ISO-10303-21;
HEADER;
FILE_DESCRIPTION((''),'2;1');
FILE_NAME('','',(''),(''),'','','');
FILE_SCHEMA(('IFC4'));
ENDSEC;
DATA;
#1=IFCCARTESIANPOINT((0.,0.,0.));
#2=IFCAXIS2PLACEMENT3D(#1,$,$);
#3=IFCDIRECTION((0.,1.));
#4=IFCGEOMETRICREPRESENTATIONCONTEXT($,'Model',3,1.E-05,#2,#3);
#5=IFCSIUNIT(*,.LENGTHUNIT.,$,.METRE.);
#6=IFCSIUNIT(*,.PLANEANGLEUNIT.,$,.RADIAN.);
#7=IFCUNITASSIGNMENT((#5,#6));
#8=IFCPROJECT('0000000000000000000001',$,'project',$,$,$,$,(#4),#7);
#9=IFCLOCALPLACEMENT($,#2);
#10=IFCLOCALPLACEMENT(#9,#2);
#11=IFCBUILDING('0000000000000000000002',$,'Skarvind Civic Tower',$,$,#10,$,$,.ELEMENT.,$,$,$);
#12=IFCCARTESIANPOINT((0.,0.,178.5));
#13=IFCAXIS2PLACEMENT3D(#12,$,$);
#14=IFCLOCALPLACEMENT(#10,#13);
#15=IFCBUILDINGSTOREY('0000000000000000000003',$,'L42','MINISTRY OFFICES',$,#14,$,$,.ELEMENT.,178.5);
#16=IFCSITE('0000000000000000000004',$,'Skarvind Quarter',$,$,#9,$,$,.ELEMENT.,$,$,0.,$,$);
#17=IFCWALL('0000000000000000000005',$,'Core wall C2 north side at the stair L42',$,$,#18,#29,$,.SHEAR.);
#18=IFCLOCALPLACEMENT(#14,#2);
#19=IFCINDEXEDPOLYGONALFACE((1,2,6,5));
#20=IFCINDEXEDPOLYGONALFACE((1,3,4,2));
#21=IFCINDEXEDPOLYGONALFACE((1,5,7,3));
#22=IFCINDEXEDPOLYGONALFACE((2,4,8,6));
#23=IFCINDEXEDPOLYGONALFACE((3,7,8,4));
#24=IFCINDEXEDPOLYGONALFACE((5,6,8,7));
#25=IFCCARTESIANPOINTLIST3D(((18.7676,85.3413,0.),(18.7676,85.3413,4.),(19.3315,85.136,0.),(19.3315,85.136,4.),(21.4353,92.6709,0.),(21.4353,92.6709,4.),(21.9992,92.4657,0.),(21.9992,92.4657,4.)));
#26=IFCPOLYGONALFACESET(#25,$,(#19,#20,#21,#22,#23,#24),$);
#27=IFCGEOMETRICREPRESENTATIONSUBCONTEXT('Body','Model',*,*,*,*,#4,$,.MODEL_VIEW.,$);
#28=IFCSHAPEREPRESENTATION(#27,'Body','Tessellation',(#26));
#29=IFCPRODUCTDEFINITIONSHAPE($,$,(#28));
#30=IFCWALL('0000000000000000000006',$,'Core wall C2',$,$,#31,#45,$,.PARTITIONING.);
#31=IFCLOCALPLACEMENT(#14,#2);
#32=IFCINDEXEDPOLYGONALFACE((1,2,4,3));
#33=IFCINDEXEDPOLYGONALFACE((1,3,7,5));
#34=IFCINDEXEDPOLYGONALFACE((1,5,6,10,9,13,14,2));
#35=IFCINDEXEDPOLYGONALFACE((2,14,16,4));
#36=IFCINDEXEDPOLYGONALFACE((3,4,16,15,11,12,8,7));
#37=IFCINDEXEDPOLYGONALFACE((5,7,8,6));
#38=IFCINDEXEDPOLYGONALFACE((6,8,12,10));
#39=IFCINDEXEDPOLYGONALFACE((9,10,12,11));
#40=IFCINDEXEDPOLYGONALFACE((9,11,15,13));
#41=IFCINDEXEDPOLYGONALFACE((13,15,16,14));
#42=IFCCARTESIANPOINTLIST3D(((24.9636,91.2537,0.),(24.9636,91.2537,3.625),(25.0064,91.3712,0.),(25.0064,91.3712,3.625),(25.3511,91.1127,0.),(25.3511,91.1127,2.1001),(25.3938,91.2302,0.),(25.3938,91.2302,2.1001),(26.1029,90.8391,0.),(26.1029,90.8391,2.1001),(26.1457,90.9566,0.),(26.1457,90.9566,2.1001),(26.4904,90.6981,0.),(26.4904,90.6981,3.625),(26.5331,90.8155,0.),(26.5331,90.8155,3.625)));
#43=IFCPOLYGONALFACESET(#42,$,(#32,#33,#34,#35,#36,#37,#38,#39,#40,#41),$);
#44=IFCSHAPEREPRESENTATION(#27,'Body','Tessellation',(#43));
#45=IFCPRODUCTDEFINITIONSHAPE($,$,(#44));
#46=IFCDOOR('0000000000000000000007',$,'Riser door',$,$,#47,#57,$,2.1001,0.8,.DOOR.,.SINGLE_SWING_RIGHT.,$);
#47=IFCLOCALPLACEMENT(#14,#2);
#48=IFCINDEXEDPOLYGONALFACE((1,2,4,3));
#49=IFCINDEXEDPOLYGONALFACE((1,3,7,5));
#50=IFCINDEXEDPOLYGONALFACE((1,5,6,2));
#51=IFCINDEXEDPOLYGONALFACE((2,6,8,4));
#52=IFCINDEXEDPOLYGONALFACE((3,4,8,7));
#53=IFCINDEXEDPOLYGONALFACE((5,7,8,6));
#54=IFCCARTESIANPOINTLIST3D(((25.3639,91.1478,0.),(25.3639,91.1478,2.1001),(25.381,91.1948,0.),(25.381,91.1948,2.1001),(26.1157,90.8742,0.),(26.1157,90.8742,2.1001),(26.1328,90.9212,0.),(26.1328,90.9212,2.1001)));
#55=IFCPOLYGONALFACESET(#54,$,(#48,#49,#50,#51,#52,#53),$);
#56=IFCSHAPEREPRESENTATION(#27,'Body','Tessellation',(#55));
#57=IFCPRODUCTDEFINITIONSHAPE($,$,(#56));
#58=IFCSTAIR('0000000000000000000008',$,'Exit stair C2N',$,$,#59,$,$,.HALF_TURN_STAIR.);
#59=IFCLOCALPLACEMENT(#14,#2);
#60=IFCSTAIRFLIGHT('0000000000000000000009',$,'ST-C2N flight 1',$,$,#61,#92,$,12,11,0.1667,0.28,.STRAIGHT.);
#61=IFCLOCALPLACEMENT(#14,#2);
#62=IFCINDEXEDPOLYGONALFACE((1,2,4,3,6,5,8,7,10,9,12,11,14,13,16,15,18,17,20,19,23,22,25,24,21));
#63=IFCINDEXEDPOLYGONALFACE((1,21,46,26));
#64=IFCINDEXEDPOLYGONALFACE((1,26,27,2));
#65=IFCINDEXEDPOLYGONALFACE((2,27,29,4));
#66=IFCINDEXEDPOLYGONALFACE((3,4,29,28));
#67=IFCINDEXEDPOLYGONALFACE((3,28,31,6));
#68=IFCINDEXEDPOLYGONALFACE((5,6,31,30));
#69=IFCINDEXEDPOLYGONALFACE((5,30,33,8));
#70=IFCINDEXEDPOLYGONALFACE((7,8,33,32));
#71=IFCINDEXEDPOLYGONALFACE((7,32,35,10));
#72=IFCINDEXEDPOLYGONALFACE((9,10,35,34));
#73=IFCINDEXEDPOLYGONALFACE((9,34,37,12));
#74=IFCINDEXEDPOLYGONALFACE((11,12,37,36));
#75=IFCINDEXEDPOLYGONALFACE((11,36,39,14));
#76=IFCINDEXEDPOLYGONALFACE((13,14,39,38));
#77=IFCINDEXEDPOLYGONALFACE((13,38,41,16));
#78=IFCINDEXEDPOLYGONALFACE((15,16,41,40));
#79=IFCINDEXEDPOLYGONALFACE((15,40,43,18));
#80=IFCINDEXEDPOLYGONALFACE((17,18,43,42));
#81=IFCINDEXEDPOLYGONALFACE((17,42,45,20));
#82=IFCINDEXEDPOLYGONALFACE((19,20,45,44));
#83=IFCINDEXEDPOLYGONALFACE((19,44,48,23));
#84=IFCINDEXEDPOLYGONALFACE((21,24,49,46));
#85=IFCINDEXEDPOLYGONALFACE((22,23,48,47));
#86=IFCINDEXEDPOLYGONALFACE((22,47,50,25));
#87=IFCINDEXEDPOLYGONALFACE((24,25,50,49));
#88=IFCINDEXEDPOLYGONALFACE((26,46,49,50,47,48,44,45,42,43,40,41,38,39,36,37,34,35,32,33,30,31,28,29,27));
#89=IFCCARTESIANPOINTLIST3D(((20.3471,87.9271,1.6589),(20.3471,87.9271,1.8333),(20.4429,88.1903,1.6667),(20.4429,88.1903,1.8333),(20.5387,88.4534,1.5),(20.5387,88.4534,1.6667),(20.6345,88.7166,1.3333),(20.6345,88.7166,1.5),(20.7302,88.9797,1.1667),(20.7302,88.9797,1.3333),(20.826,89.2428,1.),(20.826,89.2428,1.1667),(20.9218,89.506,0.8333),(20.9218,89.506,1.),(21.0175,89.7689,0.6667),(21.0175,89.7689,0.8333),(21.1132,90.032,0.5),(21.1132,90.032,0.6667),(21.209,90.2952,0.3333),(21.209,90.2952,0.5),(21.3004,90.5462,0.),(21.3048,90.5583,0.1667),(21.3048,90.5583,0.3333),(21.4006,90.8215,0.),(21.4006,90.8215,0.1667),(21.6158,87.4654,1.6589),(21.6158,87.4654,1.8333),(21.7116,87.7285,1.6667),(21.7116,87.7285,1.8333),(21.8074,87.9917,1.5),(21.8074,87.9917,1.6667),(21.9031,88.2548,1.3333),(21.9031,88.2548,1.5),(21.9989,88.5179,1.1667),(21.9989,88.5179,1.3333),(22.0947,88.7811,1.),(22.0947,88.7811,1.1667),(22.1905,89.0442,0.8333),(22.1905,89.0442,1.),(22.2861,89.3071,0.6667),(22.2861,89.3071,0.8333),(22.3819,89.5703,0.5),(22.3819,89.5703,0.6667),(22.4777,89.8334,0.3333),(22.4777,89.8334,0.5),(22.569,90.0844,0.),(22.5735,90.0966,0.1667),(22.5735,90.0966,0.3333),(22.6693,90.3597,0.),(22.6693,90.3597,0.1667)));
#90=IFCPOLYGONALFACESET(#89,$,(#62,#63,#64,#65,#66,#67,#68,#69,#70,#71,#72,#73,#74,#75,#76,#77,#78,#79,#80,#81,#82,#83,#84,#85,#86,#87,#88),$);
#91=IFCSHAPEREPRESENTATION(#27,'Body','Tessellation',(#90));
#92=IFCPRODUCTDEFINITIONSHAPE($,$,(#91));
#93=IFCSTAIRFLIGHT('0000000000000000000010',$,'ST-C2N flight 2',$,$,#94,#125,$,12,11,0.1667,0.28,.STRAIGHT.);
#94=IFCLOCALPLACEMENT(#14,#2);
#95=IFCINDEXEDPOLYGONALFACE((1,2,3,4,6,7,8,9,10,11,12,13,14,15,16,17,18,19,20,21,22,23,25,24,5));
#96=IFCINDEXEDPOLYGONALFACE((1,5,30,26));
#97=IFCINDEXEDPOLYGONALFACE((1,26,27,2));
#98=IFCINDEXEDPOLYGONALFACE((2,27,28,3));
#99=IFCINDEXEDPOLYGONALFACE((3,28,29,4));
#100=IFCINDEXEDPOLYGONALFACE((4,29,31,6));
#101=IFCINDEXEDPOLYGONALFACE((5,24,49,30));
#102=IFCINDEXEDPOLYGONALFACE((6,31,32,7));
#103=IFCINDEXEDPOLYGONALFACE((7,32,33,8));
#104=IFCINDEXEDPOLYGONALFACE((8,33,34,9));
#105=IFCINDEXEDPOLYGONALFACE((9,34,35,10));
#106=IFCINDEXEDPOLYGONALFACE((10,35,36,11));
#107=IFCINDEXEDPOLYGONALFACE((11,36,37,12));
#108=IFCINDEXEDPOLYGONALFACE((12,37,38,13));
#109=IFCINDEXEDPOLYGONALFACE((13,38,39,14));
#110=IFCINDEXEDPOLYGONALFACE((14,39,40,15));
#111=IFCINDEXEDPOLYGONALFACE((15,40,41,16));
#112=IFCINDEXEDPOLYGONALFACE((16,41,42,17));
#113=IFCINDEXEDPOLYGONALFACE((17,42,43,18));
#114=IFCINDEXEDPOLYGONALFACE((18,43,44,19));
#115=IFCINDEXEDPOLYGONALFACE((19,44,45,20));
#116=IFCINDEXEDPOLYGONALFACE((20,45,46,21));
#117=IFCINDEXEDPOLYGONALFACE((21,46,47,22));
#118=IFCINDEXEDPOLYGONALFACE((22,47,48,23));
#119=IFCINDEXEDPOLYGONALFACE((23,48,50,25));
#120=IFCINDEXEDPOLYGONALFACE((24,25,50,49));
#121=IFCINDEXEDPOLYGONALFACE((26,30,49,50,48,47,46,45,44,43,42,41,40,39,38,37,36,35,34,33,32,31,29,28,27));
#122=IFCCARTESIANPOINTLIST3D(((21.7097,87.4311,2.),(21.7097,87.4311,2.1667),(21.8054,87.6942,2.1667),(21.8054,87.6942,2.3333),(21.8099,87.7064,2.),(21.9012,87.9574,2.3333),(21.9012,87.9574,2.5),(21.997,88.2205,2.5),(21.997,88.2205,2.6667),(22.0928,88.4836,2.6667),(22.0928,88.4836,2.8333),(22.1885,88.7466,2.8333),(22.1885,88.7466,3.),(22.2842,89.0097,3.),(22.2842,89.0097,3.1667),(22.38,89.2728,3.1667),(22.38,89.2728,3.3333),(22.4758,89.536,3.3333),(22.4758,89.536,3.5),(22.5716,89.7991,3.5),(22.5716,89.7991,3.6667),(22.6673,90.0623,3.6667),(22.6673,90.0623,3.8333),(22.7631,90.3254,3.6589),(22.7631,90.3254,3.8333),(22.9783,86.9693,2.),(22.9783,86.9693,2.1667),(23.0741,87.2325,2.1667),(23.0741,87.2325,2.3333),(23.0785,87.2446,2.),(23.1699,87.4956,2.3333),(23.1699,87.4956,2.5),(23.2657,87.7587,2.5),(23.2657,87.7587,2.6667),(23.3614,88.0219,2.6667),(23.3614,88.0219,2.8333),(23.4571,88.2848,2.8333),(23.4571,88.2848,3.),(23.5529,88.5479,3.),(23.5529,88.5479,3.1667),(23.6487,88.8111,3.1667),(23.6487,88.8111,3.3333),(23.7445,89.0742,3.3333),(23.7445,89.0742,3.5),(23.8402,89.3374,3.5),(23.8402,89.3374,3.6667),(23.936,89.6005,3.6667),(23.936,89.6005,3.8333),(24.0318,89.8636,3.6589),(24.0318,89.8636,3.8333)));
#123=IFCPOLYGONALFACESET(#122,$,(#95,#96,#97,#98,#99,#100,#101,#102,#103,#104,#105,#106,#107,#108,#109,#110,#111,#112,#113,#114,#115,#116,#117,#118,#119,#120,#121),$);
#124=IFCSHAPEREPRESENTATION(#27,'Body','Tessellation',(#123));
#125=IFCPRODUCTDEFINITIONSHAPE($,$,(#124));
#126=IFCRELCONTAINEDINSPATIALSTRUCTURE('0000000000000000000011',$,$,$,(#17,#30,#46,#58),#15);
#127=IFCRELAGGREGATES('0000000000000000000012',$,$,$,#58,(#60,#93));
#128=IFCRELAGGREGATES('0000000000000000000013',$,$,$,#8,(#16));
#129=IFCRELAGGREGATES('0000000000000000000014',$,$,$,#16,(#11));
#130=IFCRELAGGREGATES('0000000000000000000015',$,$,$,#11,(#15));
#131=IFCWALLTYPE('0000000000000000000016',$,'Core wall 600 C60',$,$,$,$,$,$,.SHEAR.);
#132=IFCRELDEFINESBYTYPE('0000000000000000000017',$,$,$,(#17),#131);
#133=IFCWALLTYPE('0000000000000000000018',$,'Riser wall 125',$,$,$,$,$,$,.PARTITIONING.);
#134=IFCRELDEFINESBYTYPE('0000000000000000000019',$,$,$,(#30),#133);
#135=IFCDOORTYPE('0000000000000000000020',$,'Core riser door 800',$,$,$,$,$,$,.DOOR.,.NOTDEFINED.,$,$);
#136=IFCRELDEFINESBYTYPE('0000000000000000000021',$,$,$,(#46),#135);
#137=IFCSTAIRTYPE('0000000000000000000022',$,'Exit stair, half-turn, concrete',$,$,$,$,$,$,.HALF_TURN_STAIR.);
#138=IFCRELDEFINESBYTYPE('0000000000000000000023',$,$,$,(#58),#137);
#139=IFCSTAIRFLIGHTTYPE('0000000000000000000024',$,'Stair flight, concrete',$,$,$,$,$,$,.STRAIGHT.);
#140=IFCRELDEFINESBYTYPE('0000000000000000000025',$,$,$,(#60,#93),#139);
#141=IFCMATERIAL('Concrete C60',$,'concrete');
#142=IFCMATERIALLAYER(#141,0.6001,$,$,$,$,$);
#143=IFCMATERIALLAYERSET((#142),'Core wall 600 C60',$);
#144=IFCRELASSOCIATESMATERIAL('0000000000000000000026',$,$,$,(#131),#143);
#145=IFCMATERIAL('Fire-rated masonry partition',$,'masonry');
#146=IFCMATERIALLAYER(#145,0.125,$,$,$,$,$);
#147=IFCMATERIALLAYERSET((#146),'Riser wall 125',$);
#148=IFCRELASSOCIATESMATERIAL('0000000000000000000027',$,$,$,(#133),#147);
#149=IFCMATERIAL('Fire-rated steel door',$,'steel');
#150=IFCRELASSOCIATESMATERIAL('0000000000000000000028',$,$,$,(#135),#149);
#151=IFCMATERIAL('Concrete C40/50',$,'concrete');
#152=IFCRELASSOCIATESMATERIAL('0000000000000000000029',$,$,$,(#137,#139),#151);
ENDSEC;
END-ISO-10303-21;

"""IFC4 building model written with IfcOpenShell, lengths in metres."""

from ifc_helpers import new_model, si_unit, direction, frame, frame_2d, origin, place, context, subcontext, project, spatial, polyline, rectangle, outline, extrude, material, layer, layer_set, type_object, element, fill, aggregate, save


model = new_model("IFC4")

# Units and contexts
model_context = context("Model", 3, precision=1e-05, world=origin(), true_north=direction((0.0, 1.0)))
body_context = subcontext(model_context, "Body", "Model", "MODEL_VIEW")
ifc_project = project(units=[si_unit("LENGTHUNIT", "METRE"), si_unit("PLANEANGLEUNIT", "RADIAN")], contexts=[model_context])

# Site, building, storey
site_placement = place(None, origin())
site = spatial("IfcSite", under=ifc_project, at=site_placement, Name="Skarvind Quarter", CompositionType="ELEMENT", RefElevation=0.0)
building_placement = place(site_placement, origin())
building = spatial("IfcBuilding", under=site, at=building_placement, Name="Skarvind Civic Tower", CompositionType="ELEMENT")
storey_placement = place(building_placement, frame((0.0, 0.0, 178.5)))
storey = spatial("IfcBuildingStorey", under=building, at=storey_placement, Name="L42", Description="MINISTRY OFFICES", CompositionType="ELEMENT", Elevation=178.5)

# Shared definitions
ifc_material_1 = material(Name="Fire-rated masonry partition", Category="masonry")
ifc_material_2 = material(Name="Fire-rated steel door", Category="steel")

# Shared definitions
ifc_material_3 = material(Name="Concrete C60", Category="concrete")

# Wall
ifc_layer_1 = layer(ifc_material_3, 0.6001)
ifc_layer_set_1 = layer_set([ifc_layer_1], Name="Core wall 600 C60")
wall_type_1 = type_object("IfcWallType", Name="Core wall 600 C60", PredefinedType="SHEAR", material=ifc_layer_set_1)
wall_1_placement = place(storey_placement, frame((19.0496, 85.2388, 0.0), z_axis=(0.0, 0.0, 1.0), x_axis=(0.342017, 0.939694, 0.0)))
element("IfcWall", 1, at=wall_1_placement, inside=storey, type_object=wall_type_1, Name="Core wall C2 north side at the stair L42", PredefinedType="SHEAR", context=body_context, shape_type="SweptSolid", body=[
    extrude(rectangle(XDim=7.8, YDim=0.6001, at=frame_2d((3.8999, 0.0))), origin(), (0.0, 0.0, 1.0), 4.0),
])

# Wall, opening, door
ifc_layer_2 = layer(ifc_material_1, 0.125)
ifc_layer_set_2 = layer_set([ifc_layer_2], Name="Riser wall 125")
wall_type_2 = type_object("IfcWallType", Name="Riser wall 125", PredefinedType="PARTITIONING", material=ifc_layer_set_2)
wall_2_placement = place(storey_placement, frame((24.9849, 91.3125, 0.0), z_axis=(0.0, 0.0, 1.0), x_axis=(0.939706, -0.341984, 0.0)))
wall_2 = element("IfcWall", 2, at=wall_2_placement, inside=storey, type_object=wall_type_2, Name="Core wall C2", PredefinedType="PARTITIONING", context=body_context, shape_type="SweptSolid", body=[
    extrude(rectangle(XDim=1.6248, YDim=0.125, at=frame_2d((0.8125, 0.0))), origin(), (0.0, 0.0, 1.0), 3.625),
])
opening_1_placement = place(wall_2_placement, frame((0.4126, 0.0, 0.0)))
opening_1 = element("IfcOpeningElement", 3, at=opening_1_placement, cuts=wall_2, PredefinedType="OPENING", context=body_context, shape_type="SweptSolid", body=[
    extrude(rectangle(XDim=0.8, YDim=2.1001, at=frame_2d((0.3999, 1.05))), frame((0.0, 0.0725, 0.0), z_axis=(0.0, -1.0, 0.0), x_axis=(1.0, 0.0, 0.0)), (0.0, 0.0, 1.0), 0.145),
])
door_type_1 = type_object("IfcDoorType", Name="Core riser door 800", OperationType="NOTDEFINED", PredefinedType="DOOR", material=ifc_material_2)
door_1_placement = place(opening_1_placement, origin())
door_1 = element("IfcDoor", 4, at=door_1_placement, inside=storey, type_object=door_type_1, Name="Riser door", OperationType="SINGLE_SWING_RIGHT", OverallHeight=2.1001, OverallWidth=0.8, PredefinedType="DOOR", context=body_context, shape_type="SweptSolid", body=[
    extrude(rectangle(XDim=0.8, YDim=2.1001, at=frame_2d((0.3999, 1.05))), frame((0.0, 0.0249, 0.0), z_axis=(0.0, -1.0, 0.0), x_axis=(1.0, 0.0, 0.0)), (0.0, 0.0, 1.0), 0.05),
])
fill(opening_1, door_1)

# Stair, stair flights
ifc_material_4 = material(Name="Concrete C40/50", Category="concrete")
stair_type = type_object("IfcStairType", Name="Exit stair, half-turn, concrete", PredefinedType="HALF_TURN_STAIR", material=ifc_material_4)
stair_placement = place(storey_placement, origin())
stair = element("IfcStair", 5, at=stair_placement, inside=storey, type_object=stair_type, Name="Exit stair C2N", PredefinedType="HALF_TURN_STAIR")
stair_flight_type = type_object("IfcStairFlightType", Name="Stair flight, concrete", PredefinedType="STRAIGHT", material=ifc_material_4)
stair_flight_1_placement = place(storey_placement, frame((22.0349, 90.5906, 0.0), z_axis=(0.0, 0.0, 1.0), x_axis=(-0.34202, -0.939693, 0.0)))
stair_flight_1 = element("IfcStairFlight", 6, at=stair_flight_1_placement, type_object=stair_flight_type, Name="ST-C2N flight 1", NumberOfRisers=12, NumberOfTreads=11, PredefinedType="STRAIGHT", RiserHeight=0.1667, TreadLength=0.28, context=body_context, shape_type="SweptSolid", body=[
    extrude(outline(polyline([(0.0, 0.0), (0.0, 0.1667), (0.28, 0.1667), (0.28, 0.3333), (0.5601, 0.3333), (0.5601, 0.5), (0.8401, 0.5), (0.8401, 0.6667), (1.1201, 0.6667), (1.1201, 0.8333), (1.3999, 0.8333), (1.3999, 1.0), (1.6799, 1.0), (1.6799, 1.1667), (1.96, 1.1667), (1.96, 1.3333), (2.24, 1.3333), (2.24, 1.5), (2.52, 1.5), (2.52, 1.6667), (2.8, 1.6667), (2.8, 1.8333), (3.0801, 1.8333), (3.0801, 2.0), (3.0801, 1.6589), (0.293, 0.0), (0.0, 0.0)])), frame((0.0, 0.675, 0.0), z_axis=(0.0, -1.0, 0.0), x_axis=(1.0, 0.0, 0.0)), (0.0, 0.0, 1.0), 1.3501),
])
stair_flight_2_placement = place(storey_placement, frame((22.344, 87.2002, 2.0), z_axis=(0.0, 0.0, 1.0), x_axis=(0.34202, 0.939693, 0.0)))
stair_flight_2 = element("IfcStairFlight", 7, at=stair_flight_2_placement, type_object=stair_flight_type, Name="ST-C2N flight 2", NumberOfRisers=12, NumberOfTreads=11, PredefinedType="STRAIGHT", RiserHeight=0.1667, TreadLength=0.28, context=body_context, shape_type="SweptSolid", body=[
    extrude(outline(polyline([(0.0, 0.0), (0.0, 0.1667), (0.28, 0.1667), (0.28, 0.3333), (0.5601, 0.3333), (0.5601, 0.5), (0.8401, 0.5), (0.8401, 0.6667), (1.1201, 0.6667), (1.1201, 0.8333), (1.3999, 0.8333), (1.3999, 1.0), (1.6799, 1.0), (1.6799, 1.1667), (1.96, 1.1667), (1.96, 1.3333), (2.24, 1.3333), (2.24, 1.5), (2.52, 1.5), (2.52, 1.6667), (2.8, 1.6667), (2.8, 1.8333), (3.0801, 1.8333), (3.0801, 2.0), (3.0801, 1.6589), (0.293, 0.0), (0.0, 0.0)])), frame((0.0, 0.675, 0.0), z_axis=(0.0, -1.0, 0.0), x_axis=(1.0, 0.0, 0.0)), (0.0, 0.0, 1.0), 1.3501),
])
aggregate(stair, [stair_flight_1, stair_flight_2])

save(model, "model.ifc")
